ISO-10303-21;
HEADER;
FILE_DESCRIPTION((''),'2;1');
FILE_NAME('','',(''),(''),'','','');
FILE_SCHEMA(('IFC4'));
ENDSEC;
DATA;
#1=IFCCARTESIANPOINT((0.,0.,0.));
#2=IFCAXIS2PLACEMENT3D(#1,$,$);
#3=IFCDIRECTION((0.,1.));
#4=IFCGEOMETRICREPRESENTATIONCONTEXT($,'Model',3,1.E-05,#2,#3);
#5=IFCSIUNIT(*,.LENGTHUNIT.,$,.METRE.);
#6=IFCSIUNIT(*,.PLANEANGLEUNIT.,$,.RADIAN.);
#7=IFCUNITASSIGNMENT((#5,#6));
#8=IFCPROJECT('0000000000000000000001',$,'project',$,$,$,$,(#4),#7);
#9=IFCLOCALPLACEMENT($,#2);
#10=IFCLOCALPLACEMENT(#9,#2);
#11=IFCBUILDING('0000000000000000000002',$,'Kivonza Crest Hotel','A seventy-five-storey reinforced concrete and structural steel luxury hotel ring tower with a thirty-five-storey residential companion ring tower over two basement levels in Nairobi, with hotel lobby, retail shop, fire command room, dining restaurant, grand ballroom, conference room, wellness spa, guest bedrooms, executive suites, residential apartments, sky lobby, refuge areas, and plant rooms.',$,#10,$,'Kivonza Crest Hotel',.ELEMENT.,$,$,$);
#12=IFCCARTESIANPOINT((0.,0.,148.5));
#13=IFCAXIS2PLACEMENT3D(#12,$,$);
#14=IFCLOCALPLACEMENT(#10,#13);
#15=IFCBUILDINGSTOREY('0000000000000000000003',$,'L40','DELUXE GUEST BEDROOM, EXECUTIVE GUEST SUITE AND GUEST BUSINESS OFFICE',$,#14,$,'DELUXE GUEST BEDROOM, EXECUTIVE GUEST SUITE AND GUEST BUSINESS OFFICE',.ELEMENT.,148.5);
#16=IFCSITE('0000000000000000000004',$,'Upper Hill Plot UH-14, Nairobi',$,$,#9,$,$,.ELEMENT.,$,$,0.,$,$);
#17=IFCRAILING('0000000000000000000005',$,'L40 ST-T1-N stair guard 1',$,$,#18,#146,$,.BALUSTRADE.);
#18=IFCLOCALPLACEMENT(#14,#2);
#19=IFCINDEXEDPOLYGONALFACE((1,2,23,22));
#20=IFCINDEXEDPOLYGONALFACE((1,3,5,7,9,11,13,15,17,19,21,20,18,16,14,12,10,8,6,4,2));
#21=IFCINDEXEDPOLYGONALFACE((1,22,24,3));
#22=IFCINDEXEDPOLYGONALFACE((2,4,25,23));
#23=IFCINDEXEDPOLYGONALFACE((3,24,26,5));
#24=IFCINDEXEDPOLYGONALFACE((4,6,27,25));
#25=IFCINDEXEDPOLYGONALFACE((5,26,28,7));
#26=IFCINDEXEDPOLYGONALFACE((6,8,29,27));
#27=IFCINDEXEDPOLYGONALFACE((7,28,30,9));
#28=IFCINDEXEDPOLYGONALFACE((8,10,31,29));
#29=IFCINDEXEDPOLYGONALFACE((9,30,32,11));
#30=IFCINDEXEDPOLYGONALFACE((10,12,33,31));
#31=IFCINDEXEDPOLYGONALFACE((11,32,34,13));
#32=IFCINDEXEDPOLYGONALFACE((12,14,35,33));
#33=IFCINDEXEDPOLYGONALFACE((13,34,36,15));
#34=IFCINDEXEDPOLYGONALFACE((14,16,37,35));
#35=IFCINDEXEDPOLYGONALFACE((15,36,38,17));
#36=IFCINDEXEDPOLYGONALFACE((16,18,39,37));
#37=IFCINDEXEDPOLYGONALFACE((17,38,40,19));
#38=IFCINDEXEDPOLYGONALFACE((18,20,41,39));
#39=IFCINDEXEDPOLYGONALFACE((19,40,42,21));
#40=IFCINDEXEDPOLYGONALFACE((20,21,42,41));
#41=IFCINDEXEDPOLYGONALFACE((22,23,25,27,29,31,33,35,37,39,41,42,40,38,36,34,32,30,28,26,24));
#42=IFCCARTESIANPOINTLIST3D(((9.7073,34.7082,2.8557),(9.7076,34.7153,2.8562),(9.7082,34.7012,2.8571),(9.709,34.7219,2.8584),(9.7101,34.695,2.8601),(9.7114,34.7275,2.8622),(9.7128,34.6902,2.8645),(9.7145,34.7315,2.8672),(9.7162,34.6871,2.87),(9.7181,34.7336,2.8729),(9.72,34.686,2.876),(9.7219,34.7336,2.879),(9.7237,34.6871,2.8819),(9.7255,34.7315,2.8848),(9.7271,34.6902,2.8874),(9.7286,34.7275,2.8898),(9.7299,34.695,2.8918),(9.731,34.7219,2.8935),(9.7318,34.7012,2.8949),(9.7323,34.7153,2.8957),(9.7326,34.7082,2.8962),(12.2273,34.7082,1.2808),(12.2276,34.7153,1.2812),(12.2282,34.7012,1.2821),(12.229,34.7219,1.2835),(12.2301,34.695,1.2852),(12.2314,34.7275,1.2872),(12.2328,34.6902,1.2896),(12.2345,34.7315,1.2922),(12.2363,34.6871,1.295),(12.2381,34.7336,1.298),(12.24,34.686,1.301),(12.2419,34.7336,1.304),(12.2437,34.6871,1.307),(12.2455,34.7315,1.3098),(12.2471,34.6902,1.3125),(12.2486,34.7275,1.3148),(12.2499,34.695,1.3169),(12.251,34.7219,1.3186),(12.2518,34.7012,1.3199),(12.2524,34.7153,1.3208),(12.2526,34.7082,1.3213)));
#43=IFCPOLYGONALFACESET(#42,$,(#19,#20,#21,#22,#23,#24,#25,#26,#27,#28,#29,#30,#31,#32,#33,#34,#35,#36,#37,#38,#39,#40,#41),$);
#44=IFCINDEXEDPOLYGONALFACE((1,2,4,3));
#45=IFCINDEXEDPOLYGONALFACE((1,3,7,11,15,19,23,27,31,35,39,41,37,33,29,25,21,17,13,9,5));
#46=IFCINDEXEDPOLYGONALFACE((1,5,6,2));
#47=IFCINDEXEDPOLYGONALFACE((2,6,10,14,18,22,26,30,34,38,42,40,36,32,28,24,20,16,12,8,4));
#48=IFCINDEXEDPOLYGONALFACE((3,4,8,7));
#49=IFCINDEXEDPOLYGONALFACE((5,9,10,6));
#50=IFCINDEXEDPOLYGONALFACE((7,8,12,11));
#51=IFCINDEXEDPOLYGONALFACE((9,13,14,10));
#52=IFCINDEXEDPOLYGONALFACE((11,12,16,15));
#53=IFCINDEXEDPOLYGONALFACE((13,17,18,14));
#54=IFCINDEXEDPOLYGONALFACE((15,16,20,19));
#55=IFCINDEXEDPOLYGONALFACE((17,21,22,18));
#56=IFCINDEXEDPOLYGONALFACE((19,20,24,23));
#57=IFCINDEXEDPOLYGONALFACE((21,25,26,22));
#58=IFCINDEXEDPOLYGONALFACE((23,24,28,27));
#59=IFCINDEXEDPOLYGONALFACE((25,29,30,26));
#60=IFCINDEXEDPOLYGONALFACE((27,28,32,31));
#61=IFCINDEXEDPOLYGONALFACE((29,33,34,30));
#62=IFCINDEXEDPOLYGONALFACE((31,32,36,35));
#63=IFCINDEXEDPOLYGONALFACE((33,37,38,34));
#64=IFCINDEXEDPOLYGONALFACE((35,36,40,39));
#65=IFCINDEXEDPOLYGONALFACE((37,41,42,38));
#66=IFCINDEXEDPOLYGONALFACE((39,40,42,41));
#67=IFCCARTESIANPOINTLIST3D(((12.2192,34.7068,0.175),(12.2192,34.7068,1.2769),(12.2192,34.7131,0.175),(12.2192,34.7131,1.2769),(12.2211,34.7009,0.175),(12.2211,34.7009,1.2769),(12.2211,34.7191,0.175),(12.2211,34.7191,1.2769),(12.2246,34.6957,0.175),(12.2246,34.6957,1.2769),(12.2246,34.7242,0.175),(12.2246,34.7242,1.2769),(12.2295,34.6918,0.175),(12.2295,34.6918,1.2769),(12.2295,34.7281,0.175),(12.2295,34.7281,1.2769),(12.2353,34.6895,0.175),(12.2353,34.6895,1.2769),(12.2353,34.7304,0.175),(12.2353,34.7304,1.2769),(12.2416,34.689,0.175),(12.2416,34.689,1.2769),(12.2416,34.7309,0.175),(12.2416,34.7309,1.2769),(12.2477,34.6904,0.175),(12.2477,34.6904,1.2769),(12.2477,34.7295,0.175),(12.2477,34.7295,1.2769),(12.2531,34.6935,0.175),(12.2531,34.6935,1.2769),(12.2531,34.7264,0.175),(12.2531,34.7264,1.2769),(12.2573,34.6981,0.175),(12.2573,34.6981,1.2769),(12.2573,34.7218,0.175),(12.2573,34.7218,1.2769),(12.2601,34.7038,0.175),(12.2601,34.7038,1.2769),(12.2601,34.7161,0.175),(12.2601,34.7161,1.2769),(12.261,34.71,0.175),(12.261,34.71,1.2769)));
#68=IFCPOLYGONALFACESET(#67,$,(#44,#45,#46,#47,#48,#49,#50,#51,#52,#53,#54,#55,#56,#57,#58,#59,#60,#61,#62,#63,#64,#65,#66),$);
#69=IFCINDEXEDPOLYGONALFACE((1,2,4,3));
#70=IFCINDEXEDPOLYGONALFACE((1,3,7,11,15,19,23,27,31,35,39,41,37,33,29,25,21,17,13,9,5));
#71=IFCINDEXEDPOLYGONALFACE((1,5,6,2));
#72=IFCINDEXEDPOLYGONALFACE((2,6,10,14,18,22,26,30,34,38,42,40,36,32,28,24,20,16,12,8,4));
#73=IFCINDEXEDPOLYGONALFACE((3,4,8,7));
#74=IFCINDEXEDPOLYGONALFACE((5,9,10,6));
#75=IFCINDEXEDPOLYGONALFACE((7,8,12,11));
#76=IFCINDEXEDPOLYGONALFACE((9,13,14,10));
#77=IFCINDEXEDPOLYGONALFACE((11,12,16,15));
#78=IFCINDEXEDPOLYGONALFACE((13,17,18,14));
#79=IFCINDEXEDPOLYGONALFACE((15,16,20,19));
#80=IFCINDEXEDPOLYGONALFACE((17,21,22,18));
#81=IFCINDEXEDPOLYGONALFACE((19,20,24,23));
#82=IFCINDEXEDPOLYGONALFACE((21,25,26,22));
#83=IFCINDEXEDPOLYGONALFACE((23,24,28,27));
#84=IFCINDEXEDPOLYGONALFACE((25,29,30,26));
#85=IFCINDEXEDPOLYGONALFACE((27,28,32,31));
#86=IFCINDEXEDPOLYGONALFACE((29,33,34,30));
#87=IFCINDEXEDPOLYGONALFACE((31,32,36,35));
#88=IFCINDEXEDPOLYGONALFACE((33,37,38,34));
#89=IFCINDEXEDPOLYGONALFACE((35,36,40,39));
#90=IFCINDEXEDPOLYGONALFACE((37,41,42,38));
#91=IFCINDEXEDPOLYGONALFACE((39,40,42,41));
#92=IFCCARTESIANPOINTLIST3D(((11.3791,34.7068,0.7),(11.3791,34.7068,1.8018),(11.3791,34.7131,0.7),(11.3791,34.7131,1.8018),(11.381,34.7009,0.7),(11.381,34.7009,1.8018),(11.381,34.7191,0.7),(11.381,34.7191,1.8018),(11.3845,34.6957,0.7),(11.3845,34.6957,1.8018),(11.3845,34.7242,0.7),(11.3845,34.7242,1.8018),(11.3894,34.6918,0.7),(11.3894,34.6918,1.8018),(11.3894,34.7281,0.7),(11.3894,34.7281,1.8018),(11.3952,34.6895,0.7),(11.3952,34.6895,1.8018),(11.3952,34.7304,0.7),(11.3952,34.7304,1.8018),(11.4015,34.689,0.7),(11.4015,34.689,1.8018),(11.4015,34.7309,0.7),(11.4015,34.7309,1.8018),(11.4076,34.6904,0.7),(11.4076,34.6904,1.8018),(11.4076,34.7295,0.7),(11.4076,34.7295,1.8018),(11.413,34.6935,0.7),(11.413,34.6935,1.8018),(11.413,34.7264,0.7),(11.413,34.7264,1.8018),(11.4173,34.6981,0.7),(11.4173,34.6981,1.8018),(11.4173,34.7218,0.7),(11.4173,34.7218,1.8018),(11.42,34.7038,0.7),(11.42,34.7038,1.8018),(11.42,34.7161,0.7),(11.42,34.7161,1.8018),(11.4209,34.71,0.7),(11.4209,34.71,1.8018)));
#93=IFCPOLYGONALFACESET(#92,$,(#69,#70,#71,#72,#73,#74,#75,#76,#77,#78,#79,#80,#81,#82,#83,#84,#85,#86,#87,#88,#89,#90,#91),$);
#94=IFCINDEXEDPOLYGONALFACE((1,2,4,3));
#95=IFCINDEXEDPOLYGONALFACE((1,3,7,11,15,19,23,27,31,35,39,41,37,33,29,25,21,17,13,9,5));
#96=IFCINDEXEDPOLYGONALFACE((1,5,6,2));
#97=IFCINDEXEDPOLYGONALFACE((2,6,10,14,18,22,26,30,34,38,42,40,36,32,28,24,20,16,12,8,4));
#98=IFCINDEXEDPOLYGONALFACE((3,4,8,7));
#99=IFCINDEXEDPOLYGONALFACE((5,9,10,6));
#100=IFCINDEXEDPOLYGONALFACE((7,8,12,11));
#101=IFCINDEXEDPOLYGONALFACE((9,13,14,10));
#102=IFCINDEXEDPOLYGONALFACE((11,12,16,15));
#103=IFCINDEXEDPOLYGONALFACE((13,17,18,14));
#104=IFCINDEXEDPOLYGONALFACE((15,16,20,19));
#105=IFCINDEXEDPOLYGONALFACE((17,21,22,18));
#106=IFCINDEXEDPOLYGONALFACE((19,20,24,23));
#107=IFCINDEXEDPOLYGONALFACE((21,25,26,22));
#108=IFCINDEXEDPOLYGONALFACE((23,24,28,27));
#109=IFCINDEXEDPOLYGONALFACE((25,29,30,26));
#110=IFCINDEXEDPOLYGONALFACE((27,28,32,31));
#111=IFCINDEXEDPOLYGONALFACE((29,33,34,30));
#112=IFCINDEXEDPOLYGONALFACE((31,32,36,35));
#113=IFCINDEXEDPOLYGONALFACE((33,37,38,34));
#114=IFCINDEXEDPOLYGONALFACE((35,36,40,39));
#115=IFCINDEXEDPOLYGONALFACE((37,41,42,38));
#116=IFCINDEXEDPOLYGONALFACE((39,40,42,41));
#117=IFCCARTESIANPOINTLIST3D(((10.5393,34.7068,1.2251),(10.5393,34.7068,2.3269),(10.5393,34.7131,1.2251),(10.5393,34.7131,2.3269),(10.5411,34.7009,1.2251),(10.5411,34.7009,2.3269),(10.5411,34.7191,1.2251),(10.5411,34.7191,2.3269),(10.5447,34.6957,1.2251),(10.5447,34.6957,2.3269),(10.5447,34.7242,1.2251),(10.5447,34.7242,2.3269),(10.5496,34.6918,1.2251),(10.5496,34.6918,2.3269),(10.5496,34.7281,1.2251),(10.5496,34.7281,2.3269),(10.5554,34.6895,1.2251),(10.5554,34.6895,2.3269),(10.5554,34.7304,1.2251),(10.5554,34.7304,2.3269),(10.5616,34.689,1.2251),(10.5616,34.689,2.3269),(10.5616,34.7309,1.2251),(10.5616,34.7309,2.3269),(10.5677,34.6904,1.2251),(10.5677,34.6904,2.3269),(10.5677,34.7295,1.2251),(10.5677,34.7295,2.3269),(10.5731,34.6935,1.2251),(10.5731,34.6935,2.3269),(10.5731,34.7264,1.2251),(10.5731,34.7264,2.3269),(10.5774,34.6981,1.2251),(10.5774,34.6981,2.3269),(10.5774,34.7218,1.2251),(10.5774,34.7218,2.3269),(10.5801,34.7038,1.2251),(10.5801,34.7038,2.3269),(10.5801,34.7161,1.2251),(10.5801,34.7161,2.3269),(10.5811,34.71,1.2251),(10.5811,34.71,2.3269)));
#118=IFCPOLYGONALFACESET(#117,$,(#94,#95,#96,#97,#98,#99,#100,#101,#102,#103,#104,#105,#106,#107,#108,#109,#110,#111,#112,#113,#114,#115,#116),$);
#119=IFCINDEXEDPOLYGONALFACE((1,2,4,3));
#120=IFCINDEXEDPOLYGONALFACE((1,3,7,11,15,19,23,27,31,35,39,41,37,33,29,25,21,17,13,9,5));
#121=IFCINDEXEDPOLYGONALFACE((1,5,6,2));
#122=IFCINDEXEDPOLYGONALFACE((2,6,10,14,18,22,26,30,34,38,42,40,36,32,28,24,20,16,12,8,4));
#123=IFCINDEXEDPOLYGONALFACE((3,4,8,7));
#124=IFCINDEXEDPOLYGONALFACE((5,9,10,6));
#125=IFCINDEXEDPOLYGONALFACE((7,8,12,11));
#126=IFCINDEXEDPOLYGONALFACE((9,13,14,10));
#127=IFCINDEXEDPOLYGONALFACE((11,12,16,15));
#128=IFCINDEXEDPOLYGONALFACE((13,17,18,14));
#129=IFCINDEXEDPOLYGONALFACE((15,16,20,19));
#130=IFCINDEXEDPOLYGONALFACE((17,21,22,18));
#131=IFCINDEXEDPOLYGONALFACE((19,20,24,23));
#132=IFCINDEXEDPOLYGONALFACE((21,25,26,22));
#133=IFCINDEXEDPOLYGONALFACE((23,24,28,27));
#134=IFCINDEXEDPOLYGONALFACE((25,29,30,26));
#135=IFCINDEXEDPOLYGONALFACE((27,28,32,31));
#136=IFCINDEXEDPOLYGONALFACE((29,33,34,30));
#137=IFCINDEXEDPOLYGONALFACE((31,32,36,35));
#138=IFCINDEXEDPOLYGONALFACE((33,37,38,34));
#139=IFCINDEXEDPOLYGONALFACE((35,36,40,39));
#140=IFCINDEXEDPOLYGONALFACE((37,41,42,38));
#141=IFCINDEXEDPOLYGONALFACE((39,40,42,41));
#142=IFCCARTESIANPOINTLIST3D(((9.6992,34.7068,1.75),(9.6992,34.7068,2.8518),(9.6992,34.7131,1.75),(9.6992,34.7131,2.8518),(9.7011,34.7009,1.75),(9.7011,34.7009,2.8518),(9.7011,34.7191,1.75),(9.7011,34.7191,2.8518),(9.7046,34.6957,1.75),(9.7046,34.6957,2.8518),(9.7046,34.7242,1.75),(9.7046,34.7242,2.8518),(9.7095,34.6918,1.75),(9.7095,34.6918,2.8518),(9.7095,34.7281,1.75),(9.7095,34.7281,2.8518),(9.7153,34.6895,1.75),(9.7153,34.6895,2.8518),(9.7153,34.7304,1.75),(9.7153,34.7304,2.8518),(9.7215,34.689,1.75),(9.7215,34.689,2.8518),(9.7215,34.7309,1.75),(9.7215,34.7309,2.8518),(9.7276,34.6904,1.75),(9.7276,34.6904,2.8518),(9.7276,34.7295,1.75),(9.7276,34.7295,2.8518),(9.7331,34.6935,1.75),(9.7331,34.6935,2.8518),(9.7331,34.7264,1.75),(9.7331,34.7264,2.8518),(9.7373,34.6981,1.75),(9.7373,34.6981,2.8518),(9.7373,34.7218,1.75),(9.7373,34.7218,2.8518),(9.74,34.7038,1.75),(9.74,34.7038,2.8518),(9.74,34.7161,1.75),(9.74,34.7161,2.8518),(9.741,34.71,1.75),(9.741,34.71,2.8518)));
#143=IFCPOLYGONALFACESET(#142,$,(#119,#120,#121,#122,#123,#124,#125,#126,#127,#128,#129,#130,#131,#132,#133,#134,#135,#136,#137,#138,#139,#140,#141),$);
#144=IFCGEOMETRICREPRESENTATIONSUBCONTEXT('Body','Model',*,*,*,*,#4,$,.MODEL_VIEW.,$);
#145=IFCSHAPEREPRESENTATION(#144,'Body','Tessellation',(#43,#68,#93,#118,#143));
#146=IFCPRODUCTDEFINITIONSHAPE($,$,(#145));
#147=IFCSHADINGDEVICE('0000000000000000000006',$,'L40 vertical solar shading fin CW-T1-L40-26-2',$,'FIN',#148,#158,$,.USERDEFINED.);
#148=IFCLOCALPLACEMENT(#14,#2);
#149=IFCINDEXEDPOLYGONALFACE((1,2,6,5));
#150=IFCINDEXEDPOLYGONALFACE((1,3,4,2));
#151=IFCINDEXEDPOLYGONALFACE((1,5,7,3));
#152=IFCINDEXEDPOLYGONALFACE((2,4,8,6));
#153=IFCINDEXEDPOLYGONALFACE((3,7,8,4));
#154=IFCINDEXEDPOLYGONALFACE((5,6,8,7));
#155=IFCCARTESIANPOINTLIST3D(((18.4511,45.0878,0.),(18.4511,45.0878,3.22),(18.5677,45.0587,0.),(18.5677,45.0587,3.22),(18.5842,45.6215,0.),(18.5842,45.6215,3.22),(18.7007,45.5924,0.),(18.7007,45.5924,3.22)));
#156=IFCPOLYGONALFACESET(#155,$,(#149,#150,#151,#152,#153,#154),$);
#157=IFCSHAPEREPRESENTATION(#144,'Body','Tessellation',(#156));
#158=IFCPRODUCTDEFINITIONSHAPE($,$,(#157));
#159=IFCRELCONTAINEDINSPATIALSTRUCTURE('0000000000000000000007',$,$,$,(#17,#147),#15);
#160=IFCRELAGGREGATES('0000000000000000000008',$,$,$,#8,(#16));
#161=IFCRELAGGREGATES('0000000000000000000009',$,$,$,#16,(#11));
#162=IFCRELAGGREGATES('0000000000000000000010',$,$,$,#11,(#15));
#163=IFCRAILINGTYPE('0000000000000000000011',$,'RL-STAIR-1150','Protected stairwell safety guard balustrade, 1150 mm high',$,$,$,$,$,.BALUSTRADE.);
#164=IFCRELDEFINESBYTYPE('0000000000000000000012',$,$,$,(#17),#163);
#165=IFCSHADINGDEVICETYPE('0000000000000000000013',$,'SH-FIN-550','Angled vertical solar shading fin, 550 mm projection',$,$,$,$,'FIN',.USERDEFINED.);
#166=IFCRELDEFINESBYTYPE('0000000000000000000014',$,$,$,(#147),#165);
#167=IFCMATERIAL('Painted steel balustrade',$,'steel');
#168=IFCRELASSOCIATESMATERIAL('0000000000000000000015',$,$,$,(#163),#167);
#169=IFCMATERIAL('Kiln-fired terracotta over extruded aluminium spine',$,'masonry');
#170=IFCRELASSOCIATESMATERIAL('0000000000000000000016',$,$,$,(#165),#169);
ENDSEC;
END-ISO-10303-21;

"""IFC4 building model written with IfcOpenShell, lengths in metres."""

from ifc_helpers import new_model, si_unit, direction, frame, origin, origin_2d, place, context, subcontext, project, spatial, rectangle, circle, extrude, material, type_object, element, save


model = new_model("IFC4")

# Units and contexts
model_context = context("Model", 3, precision=1e-05, world=origin(), true_north=direction((0.0, 1.0)))
body_context = subcontext(model_context, "Body", "Model", "MODEL_VIEW")
ifc_project = project(units=[si_unit("LENGTHUNIT", "METRE"), si_unit("PLANEANGLEUNIT", "RADIAN")], contexts=[model_context])

# Site, building, storey
site_placement = place(None, origin())
site = spatial("IfcSite", under=ifc_project, at=site_placement, Name="Upper Hill Plot UH-14, Nairobi", CompositionType="ELEMENT", RefElevation=0.0)
building_placement = place(site_placement, origin())
building = spatial("IfcBuilding", under=site, at=building_placement, Name="Kivonza Crest Hotel", Description="A seventy-five-storey reinforced concrete and structural steel luxury hotel ring tower with a thirty-five-storey residential companion ring tower over two basement levels in Nairobi, with hotel lobby, retail shop, fire command room, dining restaurant, grand ballroom, conference room, wellness spa, guest bedrooms, executive suites, residential apartments, sky lobby, refuge areas, and plant rooms.", LongName="Kivonza Crest Hotel", CompositionType="ELEMENT")
storey_placement = place(building_placement, frame((0.0, 0.0, 148.5)))
storey = spatial("IfcBuildingStorey", under=building, at=storey_placement, Name="L40", Description="DELUXE GUEST BEDROOM, EXECUTIVE GUEST SUITE AND GUEST BUSINESS OFFICE", LongName="DELUXE GUEST BEDROOM, EXECUTIVE GUEST SUITE AND GUEST BUSINESS OFFICE", CompositionType="ELEMENT", Elevation=148.5)

# Railing
ifc_material_1 = material(Name="Painted steel balustrade", Category="steel")
railing_type_1 = type_object("IfcRailingType", Name="RL-STAIR-1150", Description="Protected stairwell safety guard balustrade, 1150 mm high", PredefinedType="BALUSTRADE", material=ifc_material_1)
railing_1_placement = place(storey_placement, frame((12.24, 34.71, 0.175)))
element("IfcRailing", 1, at=railing_1_placement, inside=storey, type_object=railing_type_1, Name="L40 ST-T1-N stair guard 1", PredefinedType="BALUSTRADE", context=body_context, shape_type="SweptSolid", body=[
    extrude(circle(Radius=0.0239, at=origin_2d()), frame((0.0, 0.0, 1.126), z_axis=(-0.848008, 0.0, 0.529984), x_axis=(0.0, -1.0, 0.0)), (0.0, 0.0, 1.0), 2.9717),
    extrude(circle(Radius=0.021, at=origin_2d()), origin(), (0.0, 0.0, 1.0), 1.1018),
    extrude(circle(Radius=0.021, at=origin_2d()), frame((-0.8401, 0.0, 0.5249)), (0.0, 0.0, 1.0), 1.1018),
    extrude(circle(Radius=0.021, at=origin_2d()), frame((-1.6799, 0.0, 1.05)), (0.0, 0.0, 1.0), 1.1018),
    extrude(circle(Radius=0.021, at=origin_2d()), frame((-2.52, 0.0, 1.575)), (0.0, 0.0, 1.0), 1.1018),
])

# Shading device
ifc_material_2 = material(Name="Kiln-fired terracotta over extruded aluminium spine", Category="masonry")
shading_device_type = type_object("IfcShadingDeviceType", Name="SH-FIN-550", Description="Angled vertical solar shading fin, 550 mm projection", ElementType="FIN", PredefinedType="USERDEFINED", material=ifc_material_2)
shading_device_placement = place(storey_placement, frame((18.5759, 45.3401, 0.0), z_axis=(0.0, 0.0, 1.0), x_axis=(-0.970296, 0.241922, 0.0)))
element("IfcShadingDevice", 2, at=shading_device_placement, inside=storey, type_object=shading_device_type, Name="L40 vertical solar shading fin CW-T1-L40-26-2", ObjectType="FIN", PredefinedType="USERDEFINED", context=body_context, shape_type="SweptSolid", body=[
    extrude(rectangle(XDim=0.1201, YDim=0.55, at=origin_2d()), origin(), (0.0, 0.0, 1.0), 3.22),
])

save(model, "model.ifc")
